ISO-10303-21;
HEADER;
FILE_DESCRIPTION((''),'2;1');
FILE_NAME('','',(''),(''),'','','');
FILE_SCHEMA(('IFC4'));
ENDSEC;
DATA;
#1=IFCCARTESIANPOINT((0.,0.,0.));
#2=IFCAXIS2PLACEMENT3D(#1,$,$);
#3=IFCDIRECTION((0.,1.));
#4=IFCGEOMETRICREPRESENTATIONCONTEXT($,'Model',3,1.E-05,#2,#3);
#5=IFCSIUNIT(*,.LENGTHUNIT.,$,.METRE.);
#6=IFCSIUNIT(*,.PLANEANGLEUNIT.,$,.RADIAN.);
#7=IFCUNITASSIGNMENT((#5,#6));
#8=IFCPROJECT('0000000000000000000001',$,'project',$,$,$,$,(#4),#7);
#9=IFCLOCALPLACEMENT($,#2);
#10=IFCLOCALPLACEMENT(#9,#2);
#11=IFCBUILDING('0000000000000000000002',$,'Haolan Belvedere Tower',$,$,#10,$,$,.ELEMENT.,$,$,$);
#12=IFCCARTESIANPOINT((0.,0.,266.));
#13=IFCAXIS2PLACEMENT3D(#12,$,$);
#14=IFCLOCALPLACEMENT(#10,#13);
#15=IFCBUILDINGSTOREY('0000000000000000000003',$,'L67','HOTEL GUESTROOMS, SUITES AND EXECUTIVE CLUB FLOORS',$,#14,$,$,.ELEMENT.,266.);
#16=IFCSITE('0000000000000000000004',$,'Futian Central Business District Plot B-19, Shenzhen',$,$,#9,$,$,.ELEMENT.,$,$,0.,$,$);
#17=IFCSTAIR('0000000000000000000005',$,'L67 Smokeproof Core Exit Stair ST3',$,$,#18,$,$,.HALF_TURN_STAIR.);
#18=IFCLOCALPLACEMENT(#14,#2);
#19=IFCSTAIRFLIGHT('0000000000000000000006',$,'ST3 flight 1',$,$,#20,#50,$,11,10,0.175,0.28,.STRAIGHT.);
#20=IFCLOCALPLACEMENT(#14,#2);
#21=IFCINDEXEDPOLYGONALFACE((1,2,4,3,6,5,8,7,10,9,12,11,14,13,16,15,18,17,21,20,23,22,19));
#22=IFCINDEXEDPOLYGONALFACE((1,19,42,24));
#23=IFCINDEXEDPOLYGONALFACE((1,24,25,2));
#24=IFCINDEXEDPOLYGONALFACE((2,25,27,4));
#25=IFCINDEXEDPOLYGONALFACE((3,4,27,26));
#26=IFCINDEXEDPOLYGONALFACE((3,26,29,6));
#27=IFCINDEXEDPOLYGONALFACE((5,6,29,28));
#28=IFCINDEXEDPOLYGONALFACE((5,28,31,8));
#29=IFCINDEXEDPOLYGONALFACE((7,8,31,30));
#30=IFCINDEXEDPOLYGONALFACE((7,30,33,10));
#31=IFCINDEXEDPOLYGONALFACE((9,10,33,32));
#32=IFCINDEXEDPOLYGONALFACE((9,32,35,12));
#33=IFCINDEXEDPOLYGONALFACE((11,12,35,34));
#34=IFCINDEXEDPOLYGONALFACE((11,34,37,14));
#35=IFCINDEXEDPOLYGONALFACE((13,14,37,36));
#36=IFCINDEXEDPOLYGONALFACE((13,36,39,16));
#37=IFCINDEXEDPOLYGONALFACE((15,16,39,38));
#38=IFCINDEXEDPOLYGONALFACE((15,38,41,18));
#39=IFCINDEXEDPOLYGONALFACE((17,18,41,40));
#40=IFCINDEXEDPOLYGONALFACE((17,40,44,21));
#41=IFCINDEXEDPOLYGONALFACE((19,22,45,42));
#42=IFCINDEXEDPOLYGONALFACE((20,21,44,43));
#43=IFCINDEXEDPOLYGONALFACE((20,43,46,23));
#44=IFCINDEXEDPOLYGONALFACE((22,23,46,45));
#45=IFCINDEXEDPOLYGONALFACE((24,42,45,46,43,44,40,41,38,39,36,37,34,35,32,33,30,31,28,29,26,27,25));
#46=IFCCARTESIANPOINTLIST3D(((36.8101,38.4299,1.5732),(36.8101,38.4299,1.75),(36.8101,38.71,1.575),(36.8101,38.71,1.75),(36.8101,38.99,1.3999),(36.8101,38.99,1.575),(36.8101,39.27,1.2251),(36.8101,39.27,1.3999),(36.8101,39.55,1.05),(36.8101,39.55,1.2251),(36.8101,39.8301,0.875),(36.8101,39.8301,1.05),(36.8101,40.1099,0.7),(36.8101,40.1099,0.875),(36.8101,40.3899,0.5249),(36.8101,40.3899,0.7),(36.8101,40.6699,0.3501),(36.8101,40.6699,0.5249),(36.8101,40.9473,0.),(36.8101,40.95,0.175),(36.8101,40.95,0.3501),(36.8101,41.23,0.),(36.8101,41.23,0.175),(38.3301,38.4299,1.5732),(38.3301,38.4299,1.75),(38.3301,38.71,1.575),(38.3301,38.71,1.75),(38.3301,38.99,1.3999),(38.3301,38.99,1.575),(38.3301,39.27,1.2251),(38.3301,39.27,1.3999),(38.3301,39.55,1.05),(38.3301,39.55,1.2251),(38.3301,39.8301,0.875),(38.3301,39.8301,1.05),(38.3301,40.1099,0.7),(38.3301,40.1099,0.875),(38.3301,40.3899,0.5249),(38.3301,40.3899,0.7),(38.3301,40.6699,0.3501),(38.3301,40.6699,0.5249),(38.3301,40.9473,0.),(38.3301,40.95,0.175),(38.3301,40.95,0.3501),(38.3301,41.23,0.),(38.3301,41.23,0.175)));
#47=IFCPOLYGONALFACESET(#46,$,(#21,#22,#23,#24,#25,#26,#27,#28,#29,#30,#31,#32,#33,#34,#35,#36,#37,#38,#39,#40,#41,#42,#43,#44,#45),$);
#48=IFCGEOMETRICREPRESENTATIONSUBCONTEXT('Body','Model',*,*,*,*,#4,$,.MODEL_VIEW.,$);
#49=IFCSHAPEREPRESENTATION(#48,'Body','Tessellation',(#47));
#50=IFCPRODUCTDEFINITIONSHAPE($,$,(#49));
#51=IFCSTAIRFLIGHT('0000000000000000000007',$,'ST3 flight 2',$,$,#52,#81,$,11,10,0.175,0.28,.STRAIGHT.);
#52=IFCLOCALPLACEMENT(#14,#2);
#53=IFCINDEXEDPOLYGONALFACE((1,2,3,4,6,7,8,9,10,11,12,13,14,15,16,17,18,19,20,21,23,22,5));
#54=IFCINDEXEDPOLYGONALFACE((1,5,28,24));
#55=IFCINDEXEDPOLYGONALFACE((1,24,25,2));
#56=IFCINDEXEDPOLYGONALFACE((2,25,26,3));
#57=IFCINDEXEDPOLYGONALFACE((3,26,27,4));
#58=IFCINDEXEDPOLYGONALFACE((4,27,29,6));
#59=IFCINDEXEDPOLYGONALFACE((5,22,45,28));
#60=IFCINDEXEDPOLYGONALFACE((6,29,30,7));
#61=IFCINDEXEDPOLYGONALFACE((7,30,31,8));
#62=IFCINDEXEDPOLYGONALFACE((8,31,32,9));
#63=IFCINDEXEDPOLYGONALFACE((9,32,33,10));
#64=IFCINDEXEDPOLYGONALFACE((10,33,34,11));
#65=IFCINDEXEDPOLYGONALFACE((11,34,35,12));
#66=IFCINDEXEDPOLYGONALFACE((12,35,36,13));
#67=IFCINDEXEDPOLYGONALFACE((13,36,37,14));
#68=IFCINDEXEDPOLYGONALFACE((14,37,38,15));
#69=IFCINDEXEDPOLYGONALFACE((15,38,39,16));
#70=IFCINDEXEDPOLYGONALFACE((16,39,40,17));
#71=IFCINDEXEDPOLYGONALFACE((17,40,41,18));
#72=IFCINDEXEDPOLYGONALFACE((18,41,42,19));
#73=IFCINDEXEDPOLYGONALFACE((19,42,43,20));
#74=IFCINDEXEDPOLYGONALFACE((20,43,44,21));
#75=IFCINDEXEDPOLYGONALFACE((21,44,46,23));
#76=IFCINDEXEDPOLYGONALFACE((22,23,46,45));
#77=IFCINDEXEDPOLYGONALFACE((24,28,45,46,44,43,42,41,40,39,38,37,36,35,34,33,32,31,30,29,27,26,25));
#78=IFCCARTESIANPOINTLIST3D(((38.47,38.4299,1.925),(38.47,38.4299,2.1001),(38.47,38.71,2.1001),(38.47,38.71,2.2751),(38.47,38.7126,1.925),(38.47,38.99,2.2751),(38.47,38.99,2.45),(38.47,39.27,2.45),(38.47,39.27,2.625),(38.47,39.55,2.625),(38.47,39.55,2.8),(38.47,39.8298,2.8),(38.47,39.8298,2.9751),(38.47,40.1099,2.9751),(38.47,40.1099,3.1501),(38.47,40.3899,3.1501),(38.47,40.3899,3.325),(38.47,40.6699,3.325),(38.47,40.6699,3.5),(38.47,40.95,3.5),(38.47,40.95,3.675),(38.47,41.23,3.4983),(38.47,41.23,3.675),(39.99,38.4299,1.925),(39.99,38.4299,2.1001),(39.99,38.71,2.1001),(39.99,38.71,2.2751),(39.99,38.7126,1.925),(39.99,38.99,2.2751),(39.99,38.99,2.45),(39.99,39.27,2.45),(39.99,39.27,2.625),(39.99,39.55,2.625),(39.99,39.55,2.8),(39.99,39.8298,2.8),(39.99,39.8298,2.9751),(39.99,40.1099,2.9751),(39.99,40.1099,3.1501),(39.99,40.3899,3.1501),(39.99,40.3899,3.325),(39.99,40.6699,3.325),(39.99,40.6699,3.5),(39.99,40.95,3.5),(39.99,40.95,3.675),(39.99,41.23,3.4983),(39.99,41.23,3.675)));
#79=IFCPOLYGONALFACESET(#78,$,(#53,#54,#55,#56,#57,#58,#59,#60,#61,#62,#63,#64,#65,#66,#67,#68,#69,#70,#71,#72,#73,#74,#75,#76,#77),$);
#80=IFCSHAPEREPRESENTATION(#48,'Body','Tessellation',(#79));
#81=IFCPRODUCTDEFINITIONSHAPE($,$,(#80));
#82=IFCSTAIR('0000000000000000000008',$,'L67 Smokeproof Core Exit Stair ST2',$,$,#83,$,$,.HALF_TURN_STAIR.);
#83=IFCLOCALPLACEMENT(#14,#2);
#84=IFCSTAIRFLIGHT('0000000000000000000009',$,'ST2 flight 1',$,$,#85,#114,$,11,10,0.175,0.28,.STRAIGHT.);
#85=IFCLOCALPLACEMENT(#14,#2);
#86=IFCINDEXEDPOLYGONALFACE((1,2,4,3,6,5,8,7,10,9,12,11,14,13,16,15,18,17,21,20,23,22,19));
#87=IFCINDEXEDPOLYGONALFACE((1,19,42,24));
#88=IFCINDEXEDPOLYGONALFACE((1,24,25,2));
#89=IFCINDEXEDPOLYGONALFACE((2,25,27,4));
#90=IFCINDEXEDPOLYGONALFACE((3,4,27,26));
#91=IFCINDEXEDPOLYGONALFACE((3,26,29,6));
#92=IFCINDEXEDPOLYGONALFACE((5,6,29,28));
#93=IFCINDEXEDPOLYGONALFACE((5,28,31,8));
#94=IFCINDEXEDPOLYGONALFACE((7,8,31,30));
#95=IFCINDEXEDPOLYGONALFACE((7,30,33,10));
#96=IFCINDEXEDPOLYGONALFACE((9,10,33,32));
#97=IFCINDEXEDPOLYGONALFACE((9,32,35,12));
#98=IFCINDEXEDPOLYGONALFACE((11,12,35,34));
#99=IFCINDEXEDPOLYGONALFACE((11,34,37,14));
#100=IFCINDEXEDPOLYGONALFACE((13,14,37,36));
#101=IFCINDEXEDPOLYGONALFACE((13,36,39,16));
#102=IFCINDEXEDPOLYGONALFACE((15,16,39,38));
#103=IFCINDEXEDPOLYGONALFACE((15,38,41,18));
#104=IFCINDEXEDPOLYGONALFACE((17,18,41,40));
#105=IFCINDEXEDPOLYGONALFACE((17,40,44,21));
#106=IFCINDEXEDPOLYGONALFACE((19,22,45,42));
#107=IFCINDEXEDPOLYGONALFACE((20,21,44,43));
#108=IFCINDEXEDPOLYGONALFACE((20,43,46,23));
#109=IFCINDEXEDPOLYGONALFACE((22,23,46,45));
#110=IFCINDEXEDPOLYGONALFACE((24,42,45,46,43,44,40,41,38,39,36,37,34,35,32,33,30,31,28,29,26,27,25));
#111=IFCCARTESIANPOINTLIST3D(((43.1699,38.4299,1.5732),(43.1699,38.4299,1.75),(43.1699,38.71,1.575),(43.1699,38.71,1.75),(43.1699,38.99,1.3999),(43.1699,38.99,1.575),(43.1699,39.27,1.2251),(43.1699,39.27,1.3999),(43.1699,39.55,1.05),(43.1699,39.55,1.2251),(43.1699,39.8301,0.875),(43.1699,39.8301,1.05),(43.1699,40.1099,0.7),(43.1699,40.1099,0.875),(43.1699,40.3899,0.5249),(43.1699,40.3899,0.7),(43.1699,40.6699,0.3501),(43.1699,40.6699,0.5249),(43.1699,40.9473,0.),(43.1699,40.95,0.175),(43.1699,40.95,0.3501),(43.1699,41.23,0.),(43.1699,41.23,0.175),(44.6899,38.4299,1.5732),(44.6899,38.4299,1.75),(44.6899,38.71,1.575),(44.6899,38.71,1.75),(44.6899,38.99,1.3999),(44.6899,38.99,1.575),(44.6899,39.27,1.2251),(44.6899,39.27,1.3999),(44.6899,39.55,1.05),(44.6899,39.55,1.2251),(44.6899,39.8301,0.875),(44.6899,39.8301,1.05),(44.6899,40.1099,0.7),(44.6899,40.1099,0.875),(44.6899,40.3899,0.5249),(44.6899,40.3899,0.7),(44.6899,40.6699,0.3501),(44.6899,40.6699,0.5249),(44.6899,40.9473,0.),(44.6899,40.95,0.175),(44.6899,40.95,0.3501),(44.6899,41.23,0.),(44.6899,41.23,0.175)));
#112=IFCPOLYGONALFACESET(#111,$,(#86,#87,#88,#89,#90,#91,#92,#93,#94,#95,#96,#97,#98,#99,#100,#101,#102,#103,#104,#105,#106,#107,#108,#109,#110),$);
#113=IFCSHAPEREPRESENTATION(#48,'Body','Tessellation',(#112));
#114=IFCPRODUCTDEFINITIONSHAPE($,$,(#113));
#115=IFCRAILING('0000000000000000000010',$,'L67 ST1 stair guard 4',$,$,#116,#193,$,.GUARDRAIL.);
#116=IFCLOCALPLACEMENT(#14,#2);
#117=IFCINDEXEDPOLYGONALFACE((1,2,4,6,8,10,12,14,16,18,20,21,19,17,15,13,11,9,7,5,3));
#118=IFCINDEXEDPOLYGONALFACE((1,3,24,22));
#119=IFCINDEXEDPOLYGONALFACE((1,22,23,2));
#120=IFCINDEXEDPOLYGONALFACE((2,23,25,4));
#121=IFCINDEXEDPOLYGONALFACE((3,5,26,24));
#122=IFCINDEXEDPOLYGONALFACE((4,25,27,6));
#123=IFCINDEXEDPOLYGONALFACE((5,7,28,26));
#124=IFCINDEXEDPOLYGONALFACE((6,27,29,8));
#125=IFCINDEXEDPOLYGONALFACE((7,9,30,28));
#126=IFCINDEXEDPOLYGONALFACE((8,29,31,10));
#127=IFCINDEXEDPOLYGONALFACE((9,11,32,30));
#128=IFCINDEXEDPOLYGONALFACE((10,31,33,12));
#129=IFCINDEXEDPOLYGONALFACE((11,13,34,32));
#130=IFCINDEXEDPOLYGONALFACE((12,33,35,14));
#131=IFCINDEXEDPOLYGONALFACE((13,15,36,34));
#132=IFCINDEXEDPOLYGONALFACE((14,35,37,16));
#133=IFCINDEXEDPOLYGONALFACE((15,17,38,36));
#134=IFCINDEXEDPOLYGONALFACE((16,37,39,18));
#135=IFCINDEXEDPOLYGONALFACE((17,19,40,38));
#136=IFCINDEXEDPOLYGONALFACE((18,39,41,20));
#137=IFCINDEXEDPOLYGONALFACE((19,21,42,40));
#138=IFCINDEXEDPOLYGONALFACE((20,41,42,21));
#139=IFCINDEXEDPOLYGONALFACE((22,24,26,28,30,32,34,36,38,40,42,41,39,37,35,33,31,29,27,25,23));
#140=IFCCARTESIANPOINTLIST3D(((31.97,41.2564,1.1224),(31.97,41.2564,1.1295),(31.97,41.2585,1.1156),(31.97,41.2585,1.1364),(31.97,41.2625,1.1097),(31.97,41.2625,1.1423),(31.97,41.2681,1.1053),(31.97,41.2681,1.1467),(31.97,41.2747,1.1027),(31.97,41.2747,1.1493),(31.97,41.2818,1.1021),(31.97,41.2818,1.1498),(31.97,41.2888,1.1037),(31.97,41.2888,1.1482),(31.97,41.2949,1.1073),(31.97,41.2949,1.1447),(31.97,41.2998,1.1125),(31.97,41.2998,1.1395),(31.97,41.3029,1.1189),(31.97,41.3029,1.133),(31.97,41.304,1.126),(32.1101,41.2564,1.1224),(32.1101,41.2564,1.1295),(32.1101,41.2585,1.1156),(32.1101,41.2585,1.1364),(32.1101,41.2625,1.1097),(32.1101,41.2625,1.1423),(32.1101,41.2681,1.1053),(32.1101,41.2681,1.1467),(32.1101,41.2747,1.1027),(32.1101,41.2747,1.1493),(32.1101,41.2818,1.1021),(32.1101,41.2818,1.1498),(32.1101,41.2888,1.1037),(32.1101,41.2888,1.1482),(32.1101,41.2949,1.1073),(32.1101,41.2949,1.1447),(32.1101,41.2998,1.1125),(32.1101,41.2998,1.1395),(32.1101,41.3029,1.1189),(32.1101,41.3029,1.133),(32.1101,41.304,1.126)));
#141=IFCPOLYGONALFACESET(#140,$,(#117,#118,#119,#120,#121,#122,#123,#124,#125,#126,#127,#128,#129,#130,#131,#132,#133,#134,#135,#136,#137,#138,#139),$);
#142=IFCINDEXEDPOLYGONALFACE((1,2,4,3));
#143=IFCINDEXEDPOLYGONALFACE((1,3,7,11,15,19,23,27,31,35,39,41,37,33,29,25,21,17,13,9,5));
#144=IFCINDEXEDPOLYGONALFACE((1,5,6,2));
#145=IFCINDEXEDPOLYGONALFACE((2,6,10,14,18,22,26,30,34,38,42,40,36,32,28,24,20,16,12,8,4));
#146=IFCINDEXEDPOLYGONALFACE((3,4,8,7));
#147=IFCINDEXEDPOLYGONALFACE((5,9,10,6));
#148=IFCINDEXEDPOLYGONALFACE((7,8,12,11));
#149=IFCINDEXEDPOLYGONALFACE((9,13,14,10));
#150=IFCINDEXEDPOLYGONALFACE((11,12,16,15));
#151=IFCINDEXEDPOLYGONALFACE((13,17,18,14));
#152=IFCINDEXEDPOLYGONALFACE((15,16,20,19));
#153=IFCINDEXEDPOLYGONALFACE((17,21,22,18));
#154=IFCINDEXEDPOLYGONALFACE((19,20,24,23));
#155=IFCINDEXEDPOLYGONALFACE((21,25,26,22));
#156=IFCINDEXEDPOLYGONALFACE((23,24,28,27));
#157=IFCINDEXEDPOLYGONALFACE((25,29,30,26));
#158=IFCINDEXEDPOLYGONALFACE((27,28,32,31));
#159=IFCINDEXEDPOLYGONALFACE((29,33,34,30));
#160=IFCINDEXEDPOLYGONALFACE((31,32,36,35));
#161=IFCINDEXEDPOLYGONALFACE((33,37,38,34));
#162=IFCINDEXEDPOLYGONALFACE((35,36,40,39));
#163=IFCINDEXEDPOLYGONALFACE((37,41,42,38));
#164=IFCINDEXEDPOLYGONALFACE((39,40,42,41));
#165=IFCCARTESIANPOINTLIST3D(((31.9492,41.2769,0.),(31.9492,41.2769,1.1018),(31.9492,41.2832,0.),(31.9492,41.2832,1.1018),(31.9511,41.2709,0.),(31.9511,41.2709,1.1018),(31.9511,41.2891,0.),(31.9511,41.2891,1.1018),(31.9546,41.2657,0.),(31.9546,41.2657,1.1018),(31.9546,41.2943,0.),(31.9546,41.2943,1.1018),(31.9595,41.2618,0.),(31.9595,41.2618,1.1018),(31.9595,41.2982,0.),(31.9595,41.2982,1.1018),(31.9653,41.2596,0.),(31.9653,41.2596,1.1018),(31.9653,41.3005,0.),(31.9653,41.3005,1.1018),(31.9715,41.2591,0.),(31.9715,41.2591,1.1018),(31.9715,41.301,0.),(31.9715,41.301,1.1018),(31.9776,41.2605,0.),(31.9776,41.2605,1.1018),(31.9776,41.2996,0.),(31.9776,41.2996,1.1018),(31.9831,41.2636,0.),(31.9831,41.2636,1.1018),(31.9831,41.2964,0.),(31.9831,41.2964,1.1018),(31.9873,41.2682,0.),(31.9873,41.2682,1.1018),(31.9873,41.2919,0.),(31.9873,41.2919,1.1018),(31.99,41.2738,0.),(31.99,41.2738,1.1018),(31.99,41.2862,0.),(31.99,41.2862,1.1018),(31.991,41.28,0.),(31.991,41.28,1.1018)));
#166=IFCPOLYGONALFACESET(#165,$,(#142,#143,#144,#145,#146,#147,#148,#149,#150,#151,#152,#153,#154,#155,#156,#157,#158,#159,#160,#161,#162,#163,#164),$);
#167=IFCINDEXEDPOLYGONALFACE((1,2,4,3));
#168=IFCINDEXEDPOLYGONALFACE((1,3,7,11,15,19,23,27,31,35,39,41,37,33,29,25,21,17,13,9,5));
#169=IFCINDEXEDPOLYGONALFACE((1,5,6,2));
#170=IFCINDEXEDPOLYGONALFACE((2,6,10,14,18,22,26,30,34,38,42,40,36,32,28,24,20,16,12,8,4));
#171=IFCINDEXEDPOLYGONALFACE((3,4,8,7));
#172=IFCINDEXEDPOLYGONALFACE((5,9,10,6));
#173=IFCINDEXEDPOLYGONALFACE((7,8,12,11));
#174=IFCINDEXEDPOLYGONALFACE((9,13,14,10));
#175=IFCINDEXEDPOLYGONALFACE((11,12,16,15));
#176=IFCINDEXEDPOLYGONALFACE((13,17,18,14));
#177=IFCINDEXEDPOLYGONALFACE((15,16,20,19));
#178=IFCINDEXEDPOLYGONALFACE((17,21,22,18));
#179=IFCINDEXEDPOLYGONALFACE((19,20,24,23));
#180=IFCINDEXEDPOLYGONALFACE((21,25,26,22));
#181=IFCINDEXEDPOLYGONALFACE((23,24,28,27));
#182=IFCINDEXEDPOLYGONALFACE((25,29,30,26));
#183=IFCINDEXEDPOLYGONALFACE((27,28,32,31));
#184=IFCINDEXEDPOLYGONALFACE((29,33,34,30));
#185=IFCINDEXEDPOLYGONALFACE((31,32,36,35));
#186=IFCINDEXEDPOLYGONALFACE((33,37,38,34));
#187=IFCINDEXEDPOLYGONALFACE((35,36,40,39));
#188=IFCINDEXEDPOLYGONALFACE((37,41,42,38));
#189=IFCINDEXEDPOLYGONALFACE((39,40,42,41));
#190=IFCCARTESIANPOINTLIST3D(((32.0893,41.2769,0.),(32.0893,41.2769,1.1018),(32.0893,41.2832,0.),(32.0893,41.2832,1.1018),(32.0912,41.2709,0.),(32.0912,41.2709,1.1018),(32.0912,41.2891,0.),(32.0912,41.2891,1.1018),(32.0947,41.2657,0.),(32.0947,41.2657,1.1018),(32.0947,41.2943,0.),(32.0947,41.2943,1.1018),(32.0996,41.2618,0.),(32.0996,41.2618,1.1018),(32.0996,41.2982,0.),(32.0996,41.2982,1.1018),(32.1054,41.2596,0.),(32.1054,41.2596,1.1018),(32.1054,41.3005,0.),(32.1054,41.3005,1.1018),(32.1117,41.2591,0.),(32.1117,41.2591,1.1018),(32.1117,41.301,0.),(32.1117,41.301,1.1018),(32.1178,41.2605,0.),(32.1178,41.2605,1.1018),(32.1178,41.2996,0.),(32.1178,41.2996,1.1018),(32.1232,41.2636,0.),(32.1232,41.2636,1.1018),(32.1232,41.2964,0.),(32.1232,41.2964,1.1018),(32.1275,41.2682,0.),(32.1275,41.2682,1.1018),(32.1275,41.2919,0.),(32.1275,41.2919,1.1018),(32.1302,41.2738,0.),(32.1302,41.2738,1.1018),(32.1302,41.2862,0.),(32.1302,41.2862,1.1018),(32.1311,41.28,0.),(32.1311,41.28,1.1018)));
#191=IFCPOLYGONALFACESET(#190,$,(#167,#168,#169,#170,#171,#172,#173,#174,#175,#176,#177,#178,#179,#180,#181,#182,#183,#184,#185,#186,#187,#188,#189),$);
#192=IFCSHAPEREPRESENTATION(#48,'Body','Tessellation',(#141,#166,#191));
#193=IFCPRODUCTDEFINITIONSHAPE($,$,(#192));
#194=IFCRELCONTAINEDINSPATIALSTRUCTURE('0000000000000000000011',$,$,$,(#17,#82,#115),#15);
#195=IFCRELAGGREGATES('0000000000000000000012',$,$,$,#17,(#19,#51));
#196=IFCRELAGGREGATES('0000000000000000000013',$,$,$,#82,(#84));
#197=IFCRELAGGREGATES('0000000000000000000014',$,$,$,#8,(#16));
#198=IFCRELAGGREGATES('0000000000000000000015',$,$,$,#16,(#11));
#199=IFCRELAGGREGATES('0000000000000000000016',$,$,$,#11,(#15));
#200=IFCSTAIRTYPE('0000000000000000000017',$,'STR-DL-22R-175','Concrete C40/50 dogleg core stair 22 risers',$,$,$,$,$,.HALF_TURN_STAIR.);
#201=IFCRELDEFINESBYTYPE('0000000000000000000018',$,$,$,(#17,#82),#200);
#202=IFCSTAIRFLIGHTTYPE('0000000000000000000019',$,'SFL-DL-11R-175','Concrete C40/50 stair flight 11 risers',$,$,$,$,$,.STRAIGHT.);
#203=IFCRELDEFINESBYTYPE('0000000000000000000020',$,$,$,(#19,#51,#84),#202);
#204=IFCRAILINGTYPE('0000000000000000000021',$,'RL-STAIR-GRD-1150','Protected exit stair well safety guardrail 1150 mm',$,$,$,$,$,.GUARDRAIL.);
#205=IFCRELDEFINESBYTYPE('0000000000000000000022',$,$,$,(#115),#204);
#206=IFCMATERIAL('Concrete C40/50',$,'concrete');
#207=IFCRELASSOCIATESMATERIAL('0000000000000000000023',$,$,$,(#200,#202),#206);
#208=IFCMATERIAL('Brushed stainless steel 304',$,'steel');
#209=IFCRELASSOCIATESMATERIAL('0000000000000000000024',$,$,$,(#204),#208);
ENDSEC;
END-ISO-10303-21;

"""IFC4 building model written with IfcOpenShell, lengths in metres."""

from ifc_helpers import new_model, si_unit, direction, frame, origin, origin_2d, place, context, subcontext, project, spatial, polyline, circle, outline, extrude, material, type_object, element, aggregate, save


model = new_model("IFC4")

# Units and contexts
model_context = context("Model", 3, precision=1e-05, world=origin(), true_north=direction((0.0, 1.0)))
body_context = subcontext(model_context, "Body", "Model", "MODEL_VIEW")
ifc_project = project(units=[si_unit("LENGTHUNIT", "METRE"), si_unit("PLANEANGLEUNIT", "RADIAN")], contexts=[model_context])

# Site, building, storey
site_placement = place(None, origin())
site = spatial("IfcSite", under=ifc_project, at=site_placement, Name="Futian Central Business District Plot B-19, Shenzhen", CompositionType="ELEMENT", RefElevation=0.0)
building_placement = place(site_placement, origin())
building = spatial("IfcBuilding", under=site, at=building_placement, Name="Haolan Belvedere Tower", CompositionType="ELEMENT")
storey_placement = place(building_placement, frame((0.0, 0.0, 266.0)))
storey = spatial("IfcBuildingStorey", under=building, at=storey_placement, Name="L67", Description="HOTEL GUESTROOMS, SUITES AND EXECUTIVE CLUB FLOORS", CompositionType="ELEMENT", Elevation=266.0)

# Shared definitions
ifc_material_1 = material(Name="Concrete C40/50", Category="concrete")
stair_type = type_object("IfcStairType", Name="STR-DL-22R-175", Description="Concrete C40/50 dogleg core stair 22 risers", PredefinedType="HALF_TURN_STAIR", material=ifc_material_1)
stair_flight_type = type_object("IfcStairFlightType", Name="SFL-DL-11R-175", Description="Concrete C40/50 stair flight 11 risers", PredefinedType="STRAIGHT", material=ifc_material_1)

# Stair, stair flights
stair_1_placement = place(storey_placement, origin())
stair_1 = element("IfcStair", 1, at=stair_1_placement, inside=storey, type_object=stair_type, Name="L67 Smokeproof Core Exit Stair ST3", PredefinedType="HALF_TURN_STAIR")
stair_flight_1_placement = place(storey_placement, frame((37.5701, 41.23, 0.0), z_axis=(0.0, 0.0, 1.0), x_axis=(0.0, -1.0, 0.0)))
stair_flight_1 = element("IfcStairFlight", 2, at=stair_flight_1_placement, type_object=stair_flight_type, Name="ST3 flight 1", NumberOfRisers=11, NumberOfTreads=10, PredefinedType="STRAIGHT", RiserHeight=0.175, TreadLength=0.28, context=body_context, shape_type="SweptSolid", body=[
    extrude(outline(polyline([(0.0, 0.0), (0.0, 0.175), (0.28, 0.175), (0.28, 0.3501), (0.5601, 0.3501), (0.5601, 0.5249), (0.8401, 0.5249), (0.8401, 0.7), (1.1201, 0.7), (1.1201, 0.875), (1.3999, 0.875), (1.3999, 1.05), (1.6799, 1.05), (1.6799, 1.2251), (1.96, 1.2251), (1.96, 1.3999), (2.24, 1.3999), (2.24, 1.575), (2.52, 1.575), (2.52, 1.75), (2.8, 1.75), (2.8, 1.925), (2.8, 1.5732), (0.2827, 0.0), (0.0, 0.0)])), frame((0.0, 0.76, 0.0), z_axis=(0.0, -1.0, 0.0), x_axis=(1.0, 0.0, 0.0)), (0.0, 0.0, 1.0), 1.52),
])
stair_flight_2_placement = place(storey_placement, frame((39.23, 38.4299, 1.925), z_axis=(0.0, 0.0, 1.0), x_axis=(0.0, 1.0, 0.0)))
stair_flight_2 = element("IfcStairFlight", 3, at=stair_flight_2_placement, type_object=stair_flight_type, Name="ST3 flight 2", NumberOfRisers=11, NumberOfTreads=10, PredefinedType="STRAIGHT", RiserHeight=0.175, TreadLength=0.28, context=body_context, shape_type="SweptSolid", body=[
    extrude(outline(polyline([(0.0, 0.0), (0.0, 0.175), (0.28, 0.175), (0.28, 0.3501), (0.5601, 0.3501), (0.5601, 0.5249), (0.8401, 0.5249), (0.8401, 0.7), (1.1201, 0.7), (1.1201, 0.875), (1.3999, 0.875), (1.3999, 1.05), (1.6799, 1.05), (1.6799, 1.2251), (1.96, 1.2251), (1.96, 1.3999), (2.24, 1.3999), (2.24, 1.575), (2.52, 1.575), (2.52, 1.75), (2.8, 1.75), (2.8, 1.925), (2.8, 1.5732), (0.2827, 0.0), (0.0, 0.0)])), frame((0.0, 0.76, 0.0), z_axis=(0.0, -1.0, 0.0), x_axis=(1.0, 0.0, 0.0)), (0.0, 0.0, 1.0), 1.52),
])
aggregate(stair_1, [stair_flight_1, stair_flight_2])

# Stair, stair flight
stair_2_placement = place(storey_placement, origin())
stair_2 = element("IfcStair", 4, at=stair_2_placement, inside=storey, type_object=stair_type, Name="L67 Smokeproof Core Exit Stair ST2", PredefinedType="HALF_TURN_STAIR")
stair_flight_3_placement = place(storey_placement, frame((43.9299, 41.23, 0.0), z_axis=(0.0, 0.0, 1.0), x_axis=(0.0, -1.0, 0.0)))
stair_flight_3 = element("IfcStairFlight", 5, at=stair_flight_3_placement, type_object=stair_flight_type, Name="ST2 flight 1", NumberOfRisers=11, NumberOfTreads=10, PredefinedType="STRAIGHT", RiserHeight=0.175, TreadLength=0.28, context=body_context, shape_type="SweptSolid", body=[
    extrude(outline(polyline([(0.0, 0.0), (0.0, 0.175), (0.28, 0.175), (0.28, 0.3501), (0.5601, 0.3501), (0.5601, 0.5249), (0.8401, 0.5249), (0.8401, 0.7), (1.1201, 0.7), (1.1201, 0.875), (1.3999, 0.875), (1.3999, 1.05), (1.6799, 1.05), (1.6799, 1.2251), (1.96, 1.2251), (1.96, 1.3999), (2.24, 1.3999), (2.24, 1.575), (2.52, 1.575), (2.52, 1.75), (2.8, 1.75), (2.8, 1.925), (2.8, 1.5732), (0.2827, 0.0), (0.0, 0.0)])), frame((0.0, 0.76, 0.0), z_axis=(0.0, -1.0, 0.0), x_axis=(1.0, 0.0, 0.0)), (0.0, 0.0, 1.0), 1.52),
])
aggregate(stair_2, [stair_flight_3])

# Railing
ifc_material_2 = material(Name="Brushed stainless steel 304", Category="steel")
railing_type_1 = type_object("IfcRailingType", Name="RL-STAIR-GRD-1150", Description="Protected exit stair well safety guardrail 1150 mm", PredefinedType="GUARDRAIL", material=ifc_material_2)
railing_1_placement = place(storey_placement, frame((31.97, 41.28, 0.0)))
element("IfcRailing", 6, at=railing_1_placement, inside=storey, type_object=railing_type_1, Name="L67 ST1 stair guard 4", PredefinedType="GUARDRAIL", context=body_context, shape_type="SweptSolid", body=[
    extrude(circle(Radius=0.0239, at=origin_2d()), frame((0.0, 0.0, 1.126), z_axis=(1.0, 0.0, 0.0), x_axis=(0.0, 1.0, 0.0)), (0.0, 0.0, 1.0), 0.1401),
    extrude(circle(Radius=0.021, at=origin_2d()), origin(), (0.0, 0.0, 1.0), 1.1018),
    extrude(circle(Radius=0.021, at=origin_2d()), frame((0.1401, 0.0, 0.0)), (0.0, 0.0, 1.0), 1.1018),
])

save(model, "model.ifc")
